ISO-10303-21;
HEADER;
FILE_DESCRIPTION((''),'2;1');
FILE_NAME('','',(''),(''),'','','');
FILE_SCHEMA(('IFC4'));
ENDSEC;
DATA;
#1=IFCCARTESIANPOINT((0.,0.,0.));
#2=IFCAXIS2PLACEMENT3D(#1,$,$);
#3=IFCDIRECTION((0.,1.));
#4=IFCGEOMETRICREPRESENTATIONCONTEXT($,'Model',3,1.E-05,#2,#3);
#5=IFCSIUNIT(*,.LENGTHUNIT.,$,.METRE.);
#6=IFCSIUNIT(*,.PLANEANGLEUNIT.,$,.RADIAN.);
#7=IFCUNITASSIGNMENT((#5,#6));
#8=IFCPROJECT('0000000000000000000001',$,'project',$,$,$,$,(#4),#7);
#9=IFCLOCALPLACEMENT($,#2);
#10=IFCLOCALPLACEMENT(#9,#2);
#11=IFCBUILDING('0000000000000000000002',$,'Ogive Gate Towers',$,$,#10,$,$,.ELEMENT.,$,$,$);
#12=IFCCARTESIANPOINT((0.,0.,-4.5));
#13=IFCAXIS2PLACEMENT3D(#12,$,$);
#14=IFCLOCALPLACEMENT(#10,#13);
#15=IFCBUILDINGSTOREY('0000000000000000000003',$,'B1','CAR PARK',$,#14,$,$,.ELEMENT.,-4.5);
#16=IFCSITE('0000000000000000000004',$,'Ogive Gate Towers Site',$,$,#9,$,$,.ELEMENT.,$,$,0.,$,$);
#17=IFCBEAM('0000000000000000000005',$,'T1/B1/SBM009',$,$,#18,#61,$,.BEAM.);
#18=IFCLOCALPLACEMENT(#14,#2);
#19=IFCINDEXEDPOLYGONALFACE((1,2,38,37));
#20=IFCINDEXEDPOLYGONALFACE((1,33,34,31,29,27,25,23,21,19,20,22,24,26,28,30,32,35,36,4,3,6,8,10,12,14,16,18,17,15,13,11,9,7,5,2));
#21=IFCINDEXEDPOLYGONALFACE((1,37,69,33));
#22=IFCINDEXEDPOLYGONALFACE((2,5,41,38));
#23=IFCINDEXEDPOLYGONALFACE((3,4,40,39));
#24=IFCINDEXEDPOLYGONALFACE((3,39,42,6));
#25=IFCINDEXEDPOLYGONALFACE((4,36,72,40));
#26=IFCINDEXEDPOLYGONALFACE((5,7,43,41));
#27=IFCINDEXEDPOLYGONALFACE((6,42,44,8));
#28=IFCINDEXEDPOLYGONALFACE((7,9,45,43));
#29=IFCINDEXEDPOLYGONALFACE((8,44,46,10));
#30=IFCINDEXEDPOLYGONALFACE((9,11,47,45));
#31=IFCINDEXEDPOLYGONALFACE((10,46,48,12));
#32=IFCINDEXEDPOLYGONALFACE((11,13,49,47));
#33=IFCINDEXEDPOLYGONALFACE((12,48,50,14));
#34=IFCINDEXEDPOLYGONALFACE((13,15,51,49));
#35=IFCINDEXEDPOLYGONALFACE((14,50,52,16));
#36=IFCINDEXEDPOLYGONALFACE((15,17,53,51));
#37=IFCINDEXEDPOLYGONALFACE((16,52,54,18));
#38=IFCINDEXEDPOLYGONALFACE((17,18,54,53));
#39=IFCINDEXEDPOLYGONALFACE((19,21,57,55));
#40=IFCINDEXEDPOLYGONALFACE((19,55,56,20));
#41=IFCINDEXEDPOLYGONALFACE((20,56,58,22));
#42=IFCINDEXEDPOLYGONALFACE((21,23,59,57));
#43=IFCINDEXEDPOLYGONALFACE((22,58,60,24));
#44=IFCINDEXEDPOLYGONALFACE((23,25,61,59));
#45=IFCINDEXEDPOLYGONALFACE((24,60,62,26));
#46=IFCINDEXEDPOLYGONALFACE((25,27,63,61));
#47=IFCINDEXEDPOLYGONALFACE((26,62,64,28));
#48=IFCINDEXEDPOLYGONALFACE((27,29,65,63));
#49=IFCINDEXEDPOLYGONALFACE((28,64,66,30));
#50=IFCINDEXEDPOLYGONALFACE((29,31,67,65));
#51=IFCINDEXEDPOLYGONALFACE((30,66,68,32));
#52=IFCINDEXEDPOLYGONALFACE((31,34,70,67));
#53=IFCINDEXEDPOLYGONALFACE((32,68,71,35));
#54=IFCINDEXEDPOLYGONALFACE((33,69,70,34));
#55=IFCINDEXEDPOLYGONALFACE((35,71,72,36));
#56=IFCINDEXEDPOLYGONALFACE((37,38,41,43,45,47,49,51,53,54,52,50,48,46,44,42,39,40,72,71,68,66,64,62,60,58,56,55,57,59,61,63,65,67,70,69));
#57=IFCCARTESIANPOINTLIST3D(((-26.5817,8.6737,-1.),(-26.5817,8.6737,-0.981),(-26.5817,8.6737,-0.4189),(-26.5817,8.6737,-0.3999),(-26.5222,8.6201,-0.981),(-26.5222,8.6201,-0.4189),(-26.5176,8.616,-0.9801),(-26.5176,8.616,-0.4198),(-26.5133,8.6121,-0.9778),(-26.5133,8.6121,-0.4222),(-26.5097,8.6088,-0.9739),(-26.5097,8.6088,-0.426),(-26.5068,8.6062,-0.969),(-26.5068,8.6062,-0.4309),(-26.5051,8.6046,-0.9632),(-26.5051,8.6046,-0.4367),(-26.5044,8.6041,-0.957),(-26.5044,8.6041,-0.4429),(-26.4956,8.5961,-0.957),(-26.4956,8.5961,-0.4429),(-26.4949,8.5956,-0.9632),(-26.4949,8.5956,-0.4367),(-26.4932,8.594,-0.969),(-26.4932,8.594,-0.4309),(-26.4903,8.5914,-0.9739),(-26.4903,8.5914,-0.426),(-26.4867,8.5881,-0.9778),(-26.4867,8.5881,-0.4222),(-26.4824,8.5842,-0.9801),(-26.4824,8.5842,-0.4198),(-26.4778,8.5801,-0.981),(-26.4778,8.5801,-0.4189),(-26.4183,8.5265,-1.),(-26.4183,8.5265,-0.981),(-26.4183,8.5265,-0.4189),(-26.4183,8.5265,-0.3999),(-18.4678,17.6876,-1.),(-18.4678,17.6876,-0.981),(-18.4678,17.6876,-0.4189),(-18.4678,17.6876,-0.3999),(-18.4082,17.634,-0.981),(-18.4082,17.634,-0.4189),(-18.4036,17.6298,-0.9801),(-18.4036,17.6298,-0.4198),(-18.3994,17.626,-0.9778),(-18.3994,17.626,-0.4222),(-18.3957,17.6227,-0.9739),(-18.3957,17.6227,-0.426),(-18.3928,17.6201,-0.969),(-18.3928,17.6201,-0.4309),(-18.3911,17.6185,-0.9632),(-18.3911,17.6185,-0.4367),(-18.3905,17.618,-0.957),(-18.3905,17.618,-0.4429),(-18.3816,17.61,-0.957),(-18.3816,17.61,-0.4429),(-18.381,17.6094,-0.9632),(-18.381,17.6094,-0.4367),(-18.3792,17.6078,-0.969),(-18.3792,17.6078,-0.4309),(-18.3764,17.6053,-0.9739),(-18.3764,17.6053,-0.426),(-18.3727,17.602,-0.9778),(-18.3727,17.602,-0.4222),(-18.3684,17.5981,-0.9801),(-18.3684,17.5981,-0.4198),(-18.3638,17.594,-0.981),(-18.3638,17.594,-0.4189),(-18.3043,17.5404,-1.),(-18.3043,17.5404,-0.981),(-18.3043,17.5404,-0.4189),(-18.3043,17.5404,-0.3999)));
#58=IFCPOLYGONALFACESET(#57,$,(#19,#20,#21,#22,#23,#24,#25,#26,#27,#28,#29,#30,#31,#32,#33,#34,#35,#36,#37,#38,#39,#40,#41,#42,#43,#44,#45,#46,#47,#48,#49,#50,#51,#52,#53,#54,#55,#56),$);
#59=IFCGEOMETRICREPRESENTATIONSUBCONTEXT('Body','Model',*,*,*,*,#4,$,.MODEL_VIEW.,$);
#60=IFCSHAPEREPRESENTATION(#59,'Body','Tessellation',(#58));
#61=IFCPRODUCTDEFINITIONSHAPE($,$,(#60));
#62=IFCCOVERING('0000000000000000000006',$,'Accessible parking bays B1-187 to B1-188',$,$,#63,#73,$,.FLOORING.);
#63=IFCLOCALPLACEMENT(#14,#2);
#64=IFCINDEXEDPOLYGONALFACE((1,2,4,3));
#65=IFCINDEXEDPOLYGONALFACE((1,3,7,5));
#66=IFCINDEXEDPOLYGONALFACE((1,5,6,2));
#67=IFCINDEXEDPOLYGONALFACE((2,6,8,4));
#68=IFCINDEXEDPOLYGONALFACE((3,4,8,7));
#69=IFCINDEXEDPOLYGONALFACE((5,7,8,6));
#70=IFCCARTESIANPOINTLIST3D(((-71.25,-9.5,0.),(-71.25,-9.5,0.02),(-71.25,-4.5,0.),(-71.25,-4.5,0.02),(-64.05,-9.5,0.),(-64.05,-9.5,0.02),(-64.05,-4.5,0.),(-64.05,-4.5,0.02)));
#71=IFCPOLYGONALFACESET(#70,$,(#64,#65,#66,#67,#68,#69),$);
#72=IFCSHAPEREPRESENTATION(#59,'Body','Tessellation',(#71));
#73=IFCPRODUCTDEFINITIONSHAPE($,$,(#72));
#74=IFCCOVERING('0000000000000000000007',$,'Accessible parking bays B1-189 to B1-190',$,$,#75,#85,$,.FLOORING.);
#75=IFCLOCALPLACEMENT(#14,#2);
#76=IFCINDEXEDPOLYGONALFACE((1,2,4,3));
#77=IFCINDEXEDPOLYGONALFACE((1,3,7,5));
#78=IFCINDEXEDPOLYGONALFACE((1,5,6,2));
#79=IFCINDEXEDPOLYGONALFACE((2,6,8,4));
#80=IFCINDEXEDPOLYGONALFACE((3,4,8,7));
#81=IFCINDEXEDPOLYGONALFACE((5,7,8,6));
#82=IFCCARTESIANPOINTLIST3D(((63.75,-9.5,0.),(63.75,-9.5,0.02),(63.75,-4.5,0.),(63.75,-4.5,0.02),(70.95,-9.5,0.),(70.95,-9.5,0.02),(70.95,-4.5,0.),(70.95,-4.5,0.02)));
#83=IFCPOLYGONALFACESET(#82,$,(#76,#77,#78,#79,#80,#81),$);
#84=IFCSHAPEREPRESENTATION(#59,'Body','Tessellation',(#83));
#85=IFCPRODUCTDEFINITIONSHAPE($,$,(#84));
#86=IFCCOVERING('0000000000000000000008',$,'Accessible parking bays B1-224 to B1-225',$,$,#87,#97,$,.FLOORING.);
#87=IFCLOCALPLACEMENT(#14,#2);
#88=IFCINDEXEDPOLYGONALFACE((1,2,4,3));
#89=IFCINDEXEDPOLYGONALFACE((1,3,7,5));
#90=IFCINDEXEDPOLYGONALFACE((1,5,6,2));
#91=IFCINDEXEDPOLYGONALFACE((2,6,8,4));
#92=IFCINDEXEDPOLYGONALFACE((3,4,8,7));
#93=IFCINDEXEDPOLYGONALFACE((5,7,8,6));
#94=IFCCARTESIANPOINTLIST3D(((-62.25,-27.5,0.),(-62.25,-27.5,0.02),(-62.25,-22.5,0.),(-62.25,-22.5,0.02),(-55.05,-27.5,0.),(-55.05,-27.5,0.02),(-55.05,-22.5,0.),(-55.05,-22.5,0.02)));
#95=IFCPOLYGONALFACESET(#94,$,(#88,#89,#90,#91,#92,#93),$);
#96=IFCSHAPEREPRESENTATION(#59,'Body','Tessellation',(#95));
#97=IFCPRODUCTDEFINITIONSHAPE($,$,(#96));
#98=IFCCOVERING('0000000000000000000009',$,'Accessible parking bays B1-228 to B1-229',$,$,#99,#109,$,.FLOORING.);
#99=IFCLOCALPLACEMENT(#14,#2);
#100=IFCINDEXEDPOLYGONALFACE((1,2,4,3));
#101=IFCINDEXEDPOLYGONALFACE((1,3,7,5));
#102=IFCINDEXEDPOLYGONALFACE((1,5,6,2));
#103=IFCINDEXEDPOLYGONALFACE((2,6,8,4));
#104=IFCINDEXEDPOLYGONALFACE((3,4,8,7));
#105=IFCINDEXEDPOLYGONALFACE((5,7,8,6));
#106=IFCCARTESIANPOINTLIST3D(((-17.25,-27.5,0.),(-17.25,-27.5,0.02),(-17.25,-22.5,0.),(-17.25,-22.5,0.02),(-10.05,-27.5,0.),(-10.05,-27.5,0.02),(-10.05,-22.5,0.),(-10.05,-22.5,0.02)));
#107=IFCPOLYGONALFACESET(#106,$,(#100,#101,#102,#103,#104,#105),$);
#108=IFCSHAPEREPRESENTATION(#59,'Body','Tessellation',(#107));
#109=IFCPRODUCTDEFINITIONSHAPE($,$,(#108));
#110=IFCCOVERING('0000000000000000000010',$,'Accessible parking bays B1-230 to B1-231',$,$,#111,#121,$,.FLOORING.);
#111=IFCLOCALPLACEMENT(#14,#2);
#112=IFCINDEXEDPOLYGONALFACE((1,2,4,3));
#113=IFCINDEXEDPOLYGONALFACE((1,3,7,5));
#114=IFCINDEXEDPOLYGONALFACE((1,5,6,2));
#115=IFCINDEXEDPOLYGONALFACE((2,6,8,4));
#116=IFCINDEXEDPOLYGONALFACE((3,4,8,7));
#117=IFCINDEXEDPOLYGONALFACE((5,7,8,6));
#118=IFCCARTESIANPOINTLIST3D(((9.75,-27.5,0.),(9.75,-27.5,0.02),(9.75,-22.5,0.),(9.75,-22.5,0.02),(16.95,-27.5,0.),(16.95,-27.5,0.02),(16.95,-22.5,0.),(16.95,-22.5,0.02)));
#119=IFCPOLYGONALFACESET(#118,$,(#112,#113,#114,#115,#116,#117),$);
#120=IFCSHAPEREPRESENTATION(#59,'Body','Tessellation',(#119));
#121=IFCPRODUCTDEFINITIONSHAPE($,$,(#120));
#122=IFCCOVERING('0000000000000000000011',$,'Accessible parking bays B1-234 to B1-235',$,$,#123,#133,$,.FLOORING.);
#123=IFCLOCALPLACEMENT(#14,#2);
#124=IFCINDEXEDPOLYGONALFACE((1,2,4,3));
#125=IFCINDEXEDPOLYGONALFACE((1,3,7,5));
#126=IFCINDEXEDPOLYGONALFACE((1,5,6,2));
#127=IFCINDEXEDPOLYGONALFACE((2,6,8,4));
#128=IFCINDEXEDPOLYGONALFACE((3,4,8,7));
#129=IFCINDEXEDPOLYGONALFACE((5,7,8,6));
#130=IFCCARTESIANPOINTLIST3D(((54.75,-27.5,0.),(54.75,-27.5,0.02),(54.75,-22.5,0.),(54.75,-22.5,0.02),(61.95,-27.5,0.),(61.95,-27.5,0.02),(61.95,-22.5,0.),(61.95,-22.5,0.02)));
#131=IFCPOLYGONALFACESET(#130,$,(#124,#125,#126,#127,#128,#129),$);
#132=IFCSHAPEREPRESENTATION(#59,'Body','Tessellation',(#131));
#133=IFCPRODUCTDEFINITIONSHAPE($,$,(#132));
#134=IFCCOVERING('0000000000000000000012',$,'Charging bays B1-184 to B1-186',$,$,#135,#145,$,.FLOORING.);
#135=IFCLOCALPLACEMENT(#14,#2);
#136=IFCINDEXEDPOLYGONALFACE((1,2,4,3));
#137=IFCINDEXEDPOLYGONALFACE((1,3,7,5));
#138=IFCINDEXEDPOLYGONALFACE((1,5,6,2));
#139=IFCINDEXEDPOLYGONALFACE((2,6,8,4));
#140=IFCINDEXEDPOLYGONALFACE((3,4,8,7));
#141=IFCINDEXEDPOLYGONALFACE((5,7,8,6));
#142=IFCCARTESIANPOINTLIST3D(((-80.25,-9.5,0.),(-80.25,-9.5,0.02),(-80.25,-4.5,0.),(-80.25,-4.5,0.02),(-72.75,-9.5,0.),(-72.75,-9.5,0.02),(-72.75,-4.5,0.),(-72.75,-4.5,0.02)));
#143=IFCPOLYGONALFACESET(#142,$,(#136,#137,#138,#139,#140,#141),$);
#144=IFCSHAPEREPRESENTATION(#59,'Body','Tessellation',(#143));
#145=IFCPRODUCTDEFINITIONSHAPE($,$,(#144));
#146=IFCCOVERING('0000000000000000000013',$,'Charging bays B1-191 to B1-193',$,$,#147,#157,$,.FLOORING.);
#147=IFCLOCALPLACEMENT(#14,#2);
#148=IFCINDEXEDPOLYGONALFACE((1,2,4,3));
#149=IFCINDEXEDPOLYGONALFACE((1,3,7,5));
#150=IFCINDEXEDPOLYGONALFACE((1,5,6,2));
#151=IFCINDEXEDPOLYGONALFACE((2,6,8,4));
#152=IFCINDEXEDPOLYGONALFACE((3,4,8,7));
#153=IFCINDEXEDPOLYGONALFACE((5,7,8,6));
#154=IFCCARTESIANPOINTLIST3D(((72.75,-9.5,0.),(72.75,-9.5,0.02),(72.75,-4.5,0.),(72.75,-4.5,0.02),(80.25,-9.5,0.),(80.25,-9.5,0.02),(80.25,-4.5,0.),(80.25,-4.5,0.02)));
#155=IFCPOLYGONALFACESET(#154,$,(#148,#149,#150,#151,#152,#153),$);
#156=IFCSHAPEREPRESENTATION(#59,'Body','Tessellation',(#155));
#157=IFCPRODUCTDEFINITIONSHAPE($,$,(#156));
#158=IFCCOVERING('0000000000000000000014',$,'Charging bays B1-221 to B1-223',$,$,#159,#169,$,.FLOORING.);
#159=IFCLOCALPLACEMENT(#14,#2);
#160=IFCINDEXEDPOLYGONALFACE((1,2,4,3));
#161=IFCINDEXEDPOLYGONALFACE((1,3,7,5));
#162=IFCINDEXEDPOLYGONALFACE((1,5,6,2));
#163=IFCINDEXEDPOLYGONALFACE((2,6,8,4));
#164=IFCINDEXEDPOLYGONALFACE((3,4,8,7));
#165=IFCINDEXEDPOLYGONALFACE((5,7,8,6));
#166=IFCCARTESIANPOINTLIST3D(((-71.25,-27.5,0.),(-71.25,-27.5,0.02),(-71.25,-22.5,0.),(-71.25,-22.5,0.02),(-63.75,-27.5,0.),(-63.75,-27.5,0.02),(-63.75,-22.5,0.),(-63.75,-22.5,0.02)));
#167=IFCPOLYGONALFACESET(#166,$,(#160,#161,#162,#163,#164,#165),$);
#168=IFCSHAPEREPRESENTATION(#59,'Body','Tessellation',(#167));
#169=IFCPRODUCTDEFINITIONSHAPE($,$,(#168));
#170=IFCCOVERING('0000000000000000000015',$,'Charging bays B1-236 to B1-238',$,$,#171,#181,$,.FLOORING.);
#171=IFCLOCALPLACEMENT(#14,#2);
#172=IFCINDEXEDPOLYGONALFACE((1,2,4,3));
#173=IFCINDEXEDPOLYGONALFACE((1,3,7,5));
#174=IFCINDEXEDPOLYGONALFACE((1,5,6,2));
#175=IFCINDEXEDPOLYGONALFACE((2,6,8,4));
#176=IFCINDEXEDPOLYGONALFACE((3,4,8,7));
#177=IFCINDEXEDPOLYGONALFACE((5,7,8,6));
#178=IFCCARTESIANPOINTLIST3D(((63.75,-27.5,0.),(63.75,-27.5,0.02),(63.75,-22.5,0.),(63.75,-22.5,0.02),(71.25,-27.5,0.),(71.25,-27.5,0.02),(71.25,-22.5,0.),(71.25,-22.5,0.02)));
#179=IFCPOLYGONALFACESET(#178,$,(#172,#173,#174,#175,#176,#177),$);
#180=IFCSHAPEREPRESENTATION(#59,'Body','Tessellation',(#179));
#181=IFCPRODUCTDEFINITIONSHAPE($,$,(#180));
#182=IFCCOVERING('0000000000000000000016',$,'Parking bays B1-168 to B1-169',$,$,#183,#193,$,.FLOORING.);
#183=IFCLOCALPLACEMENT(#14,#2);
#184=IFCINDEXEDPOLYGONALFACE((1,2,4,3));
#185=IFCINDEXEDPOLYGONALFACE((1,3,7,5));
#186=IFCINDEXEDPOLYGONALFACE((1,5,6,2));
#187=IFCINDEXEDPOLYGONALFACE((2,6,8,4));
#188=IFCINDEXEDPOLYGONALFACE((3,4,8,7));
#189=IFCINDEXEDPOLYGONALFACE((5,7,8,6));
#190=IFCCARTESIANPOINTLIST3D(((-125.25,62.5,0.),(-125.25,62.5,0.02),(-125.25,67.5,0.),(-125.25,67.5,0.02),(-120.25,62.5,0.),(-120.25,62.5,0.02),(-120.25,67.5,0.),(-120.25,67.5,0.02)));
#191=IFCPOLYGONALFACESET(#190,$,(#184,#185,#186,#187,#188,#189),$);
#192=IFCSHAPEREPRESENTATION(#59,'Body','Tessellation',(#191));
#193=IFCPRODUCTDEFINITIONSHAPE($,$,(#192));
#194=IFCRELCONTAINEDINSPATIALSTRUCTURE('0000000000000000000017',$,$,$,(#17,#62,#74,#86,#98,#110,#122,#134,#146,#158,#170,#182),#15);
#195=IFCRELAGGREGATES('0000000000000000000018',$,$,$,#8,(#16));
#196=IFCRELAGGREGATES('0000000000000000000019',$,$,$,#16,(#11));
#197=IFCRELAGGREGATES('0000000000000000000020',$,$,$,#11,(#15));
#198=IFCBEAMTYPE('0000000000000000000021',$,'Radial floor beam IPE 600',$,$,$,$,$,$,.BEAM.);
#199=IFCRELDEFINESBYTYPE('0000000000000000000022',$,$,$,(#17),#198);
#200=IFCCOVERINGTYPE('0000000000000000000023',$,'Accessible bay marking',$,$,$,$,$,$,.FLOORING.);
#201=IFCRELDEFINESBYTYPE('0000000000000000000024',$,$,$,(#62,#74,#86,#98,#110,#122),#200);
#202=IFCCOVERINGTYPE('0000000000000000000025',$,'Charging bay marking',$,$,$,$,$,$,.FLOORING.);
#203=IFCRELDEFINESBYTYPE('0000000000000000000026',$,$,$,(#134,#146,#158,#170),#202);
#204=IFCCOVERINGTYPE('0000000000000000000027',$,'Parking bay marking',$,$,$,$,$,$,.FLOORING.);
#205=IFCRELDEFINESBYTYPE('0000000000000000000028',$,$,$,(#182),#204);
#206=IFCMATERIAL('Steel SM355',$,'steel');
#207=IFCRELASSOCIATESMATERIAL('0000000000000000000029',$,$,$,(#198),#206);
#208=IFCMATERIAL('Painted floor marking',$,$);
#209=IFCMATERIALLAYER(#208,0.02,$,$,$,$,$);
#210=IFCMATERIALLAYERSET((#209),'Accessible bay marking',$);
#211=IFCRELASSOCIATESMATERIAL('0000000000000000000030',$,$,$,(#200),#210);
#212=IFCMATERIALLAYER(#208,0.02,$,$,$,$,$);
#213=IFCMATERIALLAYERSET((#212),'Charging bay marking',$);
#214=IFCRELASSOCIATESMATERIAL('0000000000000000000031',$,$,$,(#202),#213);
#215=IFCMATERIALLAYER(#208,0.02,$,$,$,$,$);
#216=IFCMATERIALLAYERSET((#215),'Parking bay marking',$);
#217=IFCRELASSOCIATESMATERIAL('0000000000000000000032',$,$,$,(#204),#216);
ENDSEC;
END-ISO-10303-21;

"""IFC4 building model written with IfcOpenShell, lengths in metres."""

from ifc_helpers import new_model, si_unit, direction, frame, origin, origin_2d, place, context, subcontext, project, spatial, polyline, i_section, outline, extrude, material, layer, layer_set, material_profile, profile_set, type_object, element, save


model = new_model("IFC4")

# Units and contexts
model_context = context("Model", 3, precision=1e-05, world=origin(), true_north=direction((0.0, 1.0)))
body_context = subcontext(model_context, "Body", "Model", "MODEL_VIEW")
ifc_project = project(units=[si_unit("LENGTHUNIT", "METRE"), si_unit("PLANEANGLEUNIT", "RADIAN")], contexts=[model_context])

# Site, building, storey
site_placement = place(None, origin())
site = spatial("IfcSite", under=ifc_project, at=site_placement, Name="Ogive Gate Towers Site", CompositionType="ELEMENT", RefElevation=0.0)
building_placement = place(site_placement, origin())
building = spatial("IfcBuilding", under=site, at=building_placement, Name="Ogive Gate Towers", CompositionType="ELEMENT")
storey_placement = place(building_placement, frame((0.0, 0.0, -4.5)))
storey = spatial("IfcBuildingStorey", under=building, at=storey_placement, Name="B1", Description="CAR PARK", CompositionType="ELEMENT", Elevation=-4.5)

# Beam
ifc_material_1 = material(Name="Steel SM355", Category="steel")
ifc_material_profile_1 = material_profile(ifc_material_1, i_section(OverallWidth=0.22, OverallDepth=0.6001, WebThickness=0.012, FlangeThickness=0.019, FilletRadius=0.0239, at=origin_2d()), Name="IPE 600")
ifc_profile_set_1 = profile_set([ifc_material_profile_1], Name="Steel SM355")
beam_type_1 = type_object("IfcBeamType", Name="Radial floor beam IPE 600", PredefinedType="BEAM", material=ifc_profile_set_1)
beam_1_placement = place(storey_placement, frame((-26.5, 8.6001, -0.7), z_axis=(0.669033, 0.743233, 0.0), x_axis=(-0.743233, 0.669033, 0.0)))
element("IfcBeam", 1, at=beam_1_placement, inside=storey, type_object=beam_type_1, Name="T1/B1/SBM009", PredefinedType="BEAM", context=body_context, shape_type="SweptSolid", body=[
    extrude(i_section(OverallWidth=0.22, OverallDepth=0.6001, WebThickness=0.012, FlangeThickness=0.019, FilletRadius=0.0239, at=origin_2d()), origin(), (0.0, 0.0, 1.0), 12.1279),
])

# Coverings
ifc_material_2 = material(Name="Painted floor marking")
ifc_layer_1 = layer(ifc_material_2, 0.02)
ifc_layer_set_1 = layer_set([ifc_layer_1], Name="Accessible bay marking")
covering_type_1 = type_object("IfcCoveringType", Name="Accessible bay marking", PredefinedType="FLOORING", material=ifc_layer_set_1)
covering_1_placement = place(storey_placement, origin())
element("IfcCovering", 2, at=covering_1_placement, inside=storey, type_object=covering_type_1, Name="Accessible parking bays B1-187 to B1-188", PredefinedType="FLOORING", context=body_context, shape_type="SweptSolid", body=[
    extrude(outline(polyline([(-64.05, -4.5), (-64.05, -9.5), (-71.25, -9.5), (-71.25, -4.5), (-64.05, -4.5)])), origin(), (0.0, 0.0, 1.0), 0.02),
])
covering_2_placement = place(storey_placement, origin())
element("IfcCovering", 3, at=covering_2_placement, inside=storey, type_object=covering_type_1, Name="Accessible parking bays B1-189 to B1-190", PredefinedType="FLOORING", context=body_context, shape_type="SweptSolid", body=[
    extrude(outline(polyline([(70.95, -4.5), (70.95, -9.5), (63.75, -9.5), (63.75, -4.5), (70.95, -4.5)])), origin(), (0.0, 0.0, 1.0), 0.02),
])
covering_3_placement = place(storey_placement, origin())
element("IfcCovering", 4, at=covering_3_placement, inside=storey, type_object=covering_type_1, Name="Accessible parking bays B1-224 to B1-225", PredefinedType="FLOORING", context=body_context, shape_type="SweptSolid", body=[
    extrude(outline(polyline([(-55.05, -27.5), (-62.25, -27.5), (-62.25, -22.5), (-55.05, -22.5), (-55.05, -27.5)])), origin(), (0.0, 0.0, 1.0), 0.02),
])
covering_4_placement = place(storey_placement, origin())
element("IfcCovering", 5, at=covering_4_placement, inside=storey, type_object=covering_type_1, Name="Accessible parking bays B1-228 to B1-229", PredefinedType="FLOORING", context=body_context, shape_type="SweptSolid", body=[
    extrude(outline(polyline([(-10.05, -27.5), (-17.25, -27.5), (-17.25, -22.5), (-10.05, -22.5), (-10.05, -27.5)])), origin(), (0.0, 0.0, 1.0), 0.02),
])
covering_5_placement = place(storey_placement, origin())
element("IfcCovering", 6, at=covering_5_placement, inside=storey, type_object=covering_type_1, Name="Accessible parking bays B1-230 to B1-231", PredefinedType="FLOORING", context=body_context, shape_type="SweptSolid", body=[
    extrude(outline(polyline([(16.95, -27.5), (9.75, -27.5), (9.75, -22.5), (16.95, -22.5), (16.95, -27.5)])), origin(), (0.0, 0.0, 1.0), 0.02),
])
covering_6_placement = place(storey_placement, origin())
element("IfcCovering", 7, at=covering_6_placement, inside=storey, type_object=covering_type_1, Name="Accessible parking bays B1-234 to B1-235", PredefinedType="FLOORING", context=body_context, shape_type="SweptSolid", body=[
    extrude(outline(polyline([(61.95, -27.5), (54.75, -27.5), (54.75, -22.5), (61.95, -22.5), (61.95, -27.5)])), origin(), (0.0, 0.0, 1.0), 0.02),
])
ifc_layer_2 = layer(ifc_material_2, 0.02)
ifc_layer_set_2 = layer_set([ifc_layer_2], Name="Charging bay marking")
covering_type_2 = type_object("IfcCoveringType", Name="Charging bay marking", PredefinedType="FLOORING", material=ifc_layer_set_2)
covering_7_placement = place(storey_placement, origin())
element("IfcCovering", 8, at=covering_7_placement, inside=storey, type_object=covering_type_2, Name="Charging bays B1-184 to B1-186", PredefinedType="FLOORING", context=body_context, shape_type="SweptSolid", body=[
    extrude(outline(polyline([(-72.75, -4.5), (-72.75, -9.5), (-80.25, -9.5), (-80.25, -4.5), (-72.75, -4.5)])), origin(), (0.0, 0.0, 1.0), 0.02),
])
covering_8_placement = place(storey_placement, origin())
element("IfcCovering", 9, at=covering_8_placement, inside=storey, type_object=covering_type_2, Name="Charging bays B1-191 to B1-193", PredefinedType="FLOORING", context=body_context, shape_type="SweptSolid", body=[
    extrude(outline(polyline([(80.25, -4.5), (80.25, -9.5), (72.75, -9.5), (72.75, -4.5), (80.25, -4.5)])), origin(), (0.0, 0.0, 1.0), 0.02),
])
covering_9_placement = place(storey_placement, origin())
element("IfcCovering", 10, at=covering_9_placement, inside=storey, type_object=covering_type_2, Name="Charging bays B1-221 to B1-223", PredefinedType="FLOORING", context=body_context, shape_type="SweptSolid", body=[
    extrude(outline(polyline([(-63.75, -22.5), (-63.75, -27.5), (-71.25, -27.5), (-71.25, -22.5), (-63.75, -22.5)])), origin(), (0.0, 0.0, 1.0), 0.02),
])
covering_10_placement = place(storey_placement, origin())
element("IfcCovering", 11, at=covering_10_placement, inside=storey, type_object=covering_type_2, Name="Charging bays B1-236 to B1-238", PredefinedType="FLOORING", context=body_context, shape_type="SweptSolid", body=[
    extrude(outline(polyline([(71.25, -22.5), (71.25, -27.5), (63.75, -27.5), (63.75, -22.5), (71.25, -22.5)])), origin(), (0.0, 0.0, 1.0), 0.02),
])
ifc_layer_3 = layer(ifc_material_2, 0.02)
ifc_layer_set_3 = layer_set([ifc_layer_3], Name="Parking bay marking")
covering_type_3 = type_object("IfcCoveringType", Name="Parking bay marking", PredefinedType="FLOORING", material=ifc_layer_set_3)
covering_11_placement = place(storey_placement, origin())
element("IfcCovering", 12, at=covering_11_placement, inside=storey, type_object=covering_type_3, Name="Parking bays B1-168 to B1-169", PredefinedType="FLOORING", context=body_context, shape_type="SweptSolid", body=[
    extrude(outline(polyline([(-120.25, 67.5), (-120.25, 62.5), (-125.25, 62.5), (-125.25, 67.5), (-120.25, 67.5)])), origin(), (0.0, 0.0, 1.0), 0.02),
])

save(model, "model.ifc")
